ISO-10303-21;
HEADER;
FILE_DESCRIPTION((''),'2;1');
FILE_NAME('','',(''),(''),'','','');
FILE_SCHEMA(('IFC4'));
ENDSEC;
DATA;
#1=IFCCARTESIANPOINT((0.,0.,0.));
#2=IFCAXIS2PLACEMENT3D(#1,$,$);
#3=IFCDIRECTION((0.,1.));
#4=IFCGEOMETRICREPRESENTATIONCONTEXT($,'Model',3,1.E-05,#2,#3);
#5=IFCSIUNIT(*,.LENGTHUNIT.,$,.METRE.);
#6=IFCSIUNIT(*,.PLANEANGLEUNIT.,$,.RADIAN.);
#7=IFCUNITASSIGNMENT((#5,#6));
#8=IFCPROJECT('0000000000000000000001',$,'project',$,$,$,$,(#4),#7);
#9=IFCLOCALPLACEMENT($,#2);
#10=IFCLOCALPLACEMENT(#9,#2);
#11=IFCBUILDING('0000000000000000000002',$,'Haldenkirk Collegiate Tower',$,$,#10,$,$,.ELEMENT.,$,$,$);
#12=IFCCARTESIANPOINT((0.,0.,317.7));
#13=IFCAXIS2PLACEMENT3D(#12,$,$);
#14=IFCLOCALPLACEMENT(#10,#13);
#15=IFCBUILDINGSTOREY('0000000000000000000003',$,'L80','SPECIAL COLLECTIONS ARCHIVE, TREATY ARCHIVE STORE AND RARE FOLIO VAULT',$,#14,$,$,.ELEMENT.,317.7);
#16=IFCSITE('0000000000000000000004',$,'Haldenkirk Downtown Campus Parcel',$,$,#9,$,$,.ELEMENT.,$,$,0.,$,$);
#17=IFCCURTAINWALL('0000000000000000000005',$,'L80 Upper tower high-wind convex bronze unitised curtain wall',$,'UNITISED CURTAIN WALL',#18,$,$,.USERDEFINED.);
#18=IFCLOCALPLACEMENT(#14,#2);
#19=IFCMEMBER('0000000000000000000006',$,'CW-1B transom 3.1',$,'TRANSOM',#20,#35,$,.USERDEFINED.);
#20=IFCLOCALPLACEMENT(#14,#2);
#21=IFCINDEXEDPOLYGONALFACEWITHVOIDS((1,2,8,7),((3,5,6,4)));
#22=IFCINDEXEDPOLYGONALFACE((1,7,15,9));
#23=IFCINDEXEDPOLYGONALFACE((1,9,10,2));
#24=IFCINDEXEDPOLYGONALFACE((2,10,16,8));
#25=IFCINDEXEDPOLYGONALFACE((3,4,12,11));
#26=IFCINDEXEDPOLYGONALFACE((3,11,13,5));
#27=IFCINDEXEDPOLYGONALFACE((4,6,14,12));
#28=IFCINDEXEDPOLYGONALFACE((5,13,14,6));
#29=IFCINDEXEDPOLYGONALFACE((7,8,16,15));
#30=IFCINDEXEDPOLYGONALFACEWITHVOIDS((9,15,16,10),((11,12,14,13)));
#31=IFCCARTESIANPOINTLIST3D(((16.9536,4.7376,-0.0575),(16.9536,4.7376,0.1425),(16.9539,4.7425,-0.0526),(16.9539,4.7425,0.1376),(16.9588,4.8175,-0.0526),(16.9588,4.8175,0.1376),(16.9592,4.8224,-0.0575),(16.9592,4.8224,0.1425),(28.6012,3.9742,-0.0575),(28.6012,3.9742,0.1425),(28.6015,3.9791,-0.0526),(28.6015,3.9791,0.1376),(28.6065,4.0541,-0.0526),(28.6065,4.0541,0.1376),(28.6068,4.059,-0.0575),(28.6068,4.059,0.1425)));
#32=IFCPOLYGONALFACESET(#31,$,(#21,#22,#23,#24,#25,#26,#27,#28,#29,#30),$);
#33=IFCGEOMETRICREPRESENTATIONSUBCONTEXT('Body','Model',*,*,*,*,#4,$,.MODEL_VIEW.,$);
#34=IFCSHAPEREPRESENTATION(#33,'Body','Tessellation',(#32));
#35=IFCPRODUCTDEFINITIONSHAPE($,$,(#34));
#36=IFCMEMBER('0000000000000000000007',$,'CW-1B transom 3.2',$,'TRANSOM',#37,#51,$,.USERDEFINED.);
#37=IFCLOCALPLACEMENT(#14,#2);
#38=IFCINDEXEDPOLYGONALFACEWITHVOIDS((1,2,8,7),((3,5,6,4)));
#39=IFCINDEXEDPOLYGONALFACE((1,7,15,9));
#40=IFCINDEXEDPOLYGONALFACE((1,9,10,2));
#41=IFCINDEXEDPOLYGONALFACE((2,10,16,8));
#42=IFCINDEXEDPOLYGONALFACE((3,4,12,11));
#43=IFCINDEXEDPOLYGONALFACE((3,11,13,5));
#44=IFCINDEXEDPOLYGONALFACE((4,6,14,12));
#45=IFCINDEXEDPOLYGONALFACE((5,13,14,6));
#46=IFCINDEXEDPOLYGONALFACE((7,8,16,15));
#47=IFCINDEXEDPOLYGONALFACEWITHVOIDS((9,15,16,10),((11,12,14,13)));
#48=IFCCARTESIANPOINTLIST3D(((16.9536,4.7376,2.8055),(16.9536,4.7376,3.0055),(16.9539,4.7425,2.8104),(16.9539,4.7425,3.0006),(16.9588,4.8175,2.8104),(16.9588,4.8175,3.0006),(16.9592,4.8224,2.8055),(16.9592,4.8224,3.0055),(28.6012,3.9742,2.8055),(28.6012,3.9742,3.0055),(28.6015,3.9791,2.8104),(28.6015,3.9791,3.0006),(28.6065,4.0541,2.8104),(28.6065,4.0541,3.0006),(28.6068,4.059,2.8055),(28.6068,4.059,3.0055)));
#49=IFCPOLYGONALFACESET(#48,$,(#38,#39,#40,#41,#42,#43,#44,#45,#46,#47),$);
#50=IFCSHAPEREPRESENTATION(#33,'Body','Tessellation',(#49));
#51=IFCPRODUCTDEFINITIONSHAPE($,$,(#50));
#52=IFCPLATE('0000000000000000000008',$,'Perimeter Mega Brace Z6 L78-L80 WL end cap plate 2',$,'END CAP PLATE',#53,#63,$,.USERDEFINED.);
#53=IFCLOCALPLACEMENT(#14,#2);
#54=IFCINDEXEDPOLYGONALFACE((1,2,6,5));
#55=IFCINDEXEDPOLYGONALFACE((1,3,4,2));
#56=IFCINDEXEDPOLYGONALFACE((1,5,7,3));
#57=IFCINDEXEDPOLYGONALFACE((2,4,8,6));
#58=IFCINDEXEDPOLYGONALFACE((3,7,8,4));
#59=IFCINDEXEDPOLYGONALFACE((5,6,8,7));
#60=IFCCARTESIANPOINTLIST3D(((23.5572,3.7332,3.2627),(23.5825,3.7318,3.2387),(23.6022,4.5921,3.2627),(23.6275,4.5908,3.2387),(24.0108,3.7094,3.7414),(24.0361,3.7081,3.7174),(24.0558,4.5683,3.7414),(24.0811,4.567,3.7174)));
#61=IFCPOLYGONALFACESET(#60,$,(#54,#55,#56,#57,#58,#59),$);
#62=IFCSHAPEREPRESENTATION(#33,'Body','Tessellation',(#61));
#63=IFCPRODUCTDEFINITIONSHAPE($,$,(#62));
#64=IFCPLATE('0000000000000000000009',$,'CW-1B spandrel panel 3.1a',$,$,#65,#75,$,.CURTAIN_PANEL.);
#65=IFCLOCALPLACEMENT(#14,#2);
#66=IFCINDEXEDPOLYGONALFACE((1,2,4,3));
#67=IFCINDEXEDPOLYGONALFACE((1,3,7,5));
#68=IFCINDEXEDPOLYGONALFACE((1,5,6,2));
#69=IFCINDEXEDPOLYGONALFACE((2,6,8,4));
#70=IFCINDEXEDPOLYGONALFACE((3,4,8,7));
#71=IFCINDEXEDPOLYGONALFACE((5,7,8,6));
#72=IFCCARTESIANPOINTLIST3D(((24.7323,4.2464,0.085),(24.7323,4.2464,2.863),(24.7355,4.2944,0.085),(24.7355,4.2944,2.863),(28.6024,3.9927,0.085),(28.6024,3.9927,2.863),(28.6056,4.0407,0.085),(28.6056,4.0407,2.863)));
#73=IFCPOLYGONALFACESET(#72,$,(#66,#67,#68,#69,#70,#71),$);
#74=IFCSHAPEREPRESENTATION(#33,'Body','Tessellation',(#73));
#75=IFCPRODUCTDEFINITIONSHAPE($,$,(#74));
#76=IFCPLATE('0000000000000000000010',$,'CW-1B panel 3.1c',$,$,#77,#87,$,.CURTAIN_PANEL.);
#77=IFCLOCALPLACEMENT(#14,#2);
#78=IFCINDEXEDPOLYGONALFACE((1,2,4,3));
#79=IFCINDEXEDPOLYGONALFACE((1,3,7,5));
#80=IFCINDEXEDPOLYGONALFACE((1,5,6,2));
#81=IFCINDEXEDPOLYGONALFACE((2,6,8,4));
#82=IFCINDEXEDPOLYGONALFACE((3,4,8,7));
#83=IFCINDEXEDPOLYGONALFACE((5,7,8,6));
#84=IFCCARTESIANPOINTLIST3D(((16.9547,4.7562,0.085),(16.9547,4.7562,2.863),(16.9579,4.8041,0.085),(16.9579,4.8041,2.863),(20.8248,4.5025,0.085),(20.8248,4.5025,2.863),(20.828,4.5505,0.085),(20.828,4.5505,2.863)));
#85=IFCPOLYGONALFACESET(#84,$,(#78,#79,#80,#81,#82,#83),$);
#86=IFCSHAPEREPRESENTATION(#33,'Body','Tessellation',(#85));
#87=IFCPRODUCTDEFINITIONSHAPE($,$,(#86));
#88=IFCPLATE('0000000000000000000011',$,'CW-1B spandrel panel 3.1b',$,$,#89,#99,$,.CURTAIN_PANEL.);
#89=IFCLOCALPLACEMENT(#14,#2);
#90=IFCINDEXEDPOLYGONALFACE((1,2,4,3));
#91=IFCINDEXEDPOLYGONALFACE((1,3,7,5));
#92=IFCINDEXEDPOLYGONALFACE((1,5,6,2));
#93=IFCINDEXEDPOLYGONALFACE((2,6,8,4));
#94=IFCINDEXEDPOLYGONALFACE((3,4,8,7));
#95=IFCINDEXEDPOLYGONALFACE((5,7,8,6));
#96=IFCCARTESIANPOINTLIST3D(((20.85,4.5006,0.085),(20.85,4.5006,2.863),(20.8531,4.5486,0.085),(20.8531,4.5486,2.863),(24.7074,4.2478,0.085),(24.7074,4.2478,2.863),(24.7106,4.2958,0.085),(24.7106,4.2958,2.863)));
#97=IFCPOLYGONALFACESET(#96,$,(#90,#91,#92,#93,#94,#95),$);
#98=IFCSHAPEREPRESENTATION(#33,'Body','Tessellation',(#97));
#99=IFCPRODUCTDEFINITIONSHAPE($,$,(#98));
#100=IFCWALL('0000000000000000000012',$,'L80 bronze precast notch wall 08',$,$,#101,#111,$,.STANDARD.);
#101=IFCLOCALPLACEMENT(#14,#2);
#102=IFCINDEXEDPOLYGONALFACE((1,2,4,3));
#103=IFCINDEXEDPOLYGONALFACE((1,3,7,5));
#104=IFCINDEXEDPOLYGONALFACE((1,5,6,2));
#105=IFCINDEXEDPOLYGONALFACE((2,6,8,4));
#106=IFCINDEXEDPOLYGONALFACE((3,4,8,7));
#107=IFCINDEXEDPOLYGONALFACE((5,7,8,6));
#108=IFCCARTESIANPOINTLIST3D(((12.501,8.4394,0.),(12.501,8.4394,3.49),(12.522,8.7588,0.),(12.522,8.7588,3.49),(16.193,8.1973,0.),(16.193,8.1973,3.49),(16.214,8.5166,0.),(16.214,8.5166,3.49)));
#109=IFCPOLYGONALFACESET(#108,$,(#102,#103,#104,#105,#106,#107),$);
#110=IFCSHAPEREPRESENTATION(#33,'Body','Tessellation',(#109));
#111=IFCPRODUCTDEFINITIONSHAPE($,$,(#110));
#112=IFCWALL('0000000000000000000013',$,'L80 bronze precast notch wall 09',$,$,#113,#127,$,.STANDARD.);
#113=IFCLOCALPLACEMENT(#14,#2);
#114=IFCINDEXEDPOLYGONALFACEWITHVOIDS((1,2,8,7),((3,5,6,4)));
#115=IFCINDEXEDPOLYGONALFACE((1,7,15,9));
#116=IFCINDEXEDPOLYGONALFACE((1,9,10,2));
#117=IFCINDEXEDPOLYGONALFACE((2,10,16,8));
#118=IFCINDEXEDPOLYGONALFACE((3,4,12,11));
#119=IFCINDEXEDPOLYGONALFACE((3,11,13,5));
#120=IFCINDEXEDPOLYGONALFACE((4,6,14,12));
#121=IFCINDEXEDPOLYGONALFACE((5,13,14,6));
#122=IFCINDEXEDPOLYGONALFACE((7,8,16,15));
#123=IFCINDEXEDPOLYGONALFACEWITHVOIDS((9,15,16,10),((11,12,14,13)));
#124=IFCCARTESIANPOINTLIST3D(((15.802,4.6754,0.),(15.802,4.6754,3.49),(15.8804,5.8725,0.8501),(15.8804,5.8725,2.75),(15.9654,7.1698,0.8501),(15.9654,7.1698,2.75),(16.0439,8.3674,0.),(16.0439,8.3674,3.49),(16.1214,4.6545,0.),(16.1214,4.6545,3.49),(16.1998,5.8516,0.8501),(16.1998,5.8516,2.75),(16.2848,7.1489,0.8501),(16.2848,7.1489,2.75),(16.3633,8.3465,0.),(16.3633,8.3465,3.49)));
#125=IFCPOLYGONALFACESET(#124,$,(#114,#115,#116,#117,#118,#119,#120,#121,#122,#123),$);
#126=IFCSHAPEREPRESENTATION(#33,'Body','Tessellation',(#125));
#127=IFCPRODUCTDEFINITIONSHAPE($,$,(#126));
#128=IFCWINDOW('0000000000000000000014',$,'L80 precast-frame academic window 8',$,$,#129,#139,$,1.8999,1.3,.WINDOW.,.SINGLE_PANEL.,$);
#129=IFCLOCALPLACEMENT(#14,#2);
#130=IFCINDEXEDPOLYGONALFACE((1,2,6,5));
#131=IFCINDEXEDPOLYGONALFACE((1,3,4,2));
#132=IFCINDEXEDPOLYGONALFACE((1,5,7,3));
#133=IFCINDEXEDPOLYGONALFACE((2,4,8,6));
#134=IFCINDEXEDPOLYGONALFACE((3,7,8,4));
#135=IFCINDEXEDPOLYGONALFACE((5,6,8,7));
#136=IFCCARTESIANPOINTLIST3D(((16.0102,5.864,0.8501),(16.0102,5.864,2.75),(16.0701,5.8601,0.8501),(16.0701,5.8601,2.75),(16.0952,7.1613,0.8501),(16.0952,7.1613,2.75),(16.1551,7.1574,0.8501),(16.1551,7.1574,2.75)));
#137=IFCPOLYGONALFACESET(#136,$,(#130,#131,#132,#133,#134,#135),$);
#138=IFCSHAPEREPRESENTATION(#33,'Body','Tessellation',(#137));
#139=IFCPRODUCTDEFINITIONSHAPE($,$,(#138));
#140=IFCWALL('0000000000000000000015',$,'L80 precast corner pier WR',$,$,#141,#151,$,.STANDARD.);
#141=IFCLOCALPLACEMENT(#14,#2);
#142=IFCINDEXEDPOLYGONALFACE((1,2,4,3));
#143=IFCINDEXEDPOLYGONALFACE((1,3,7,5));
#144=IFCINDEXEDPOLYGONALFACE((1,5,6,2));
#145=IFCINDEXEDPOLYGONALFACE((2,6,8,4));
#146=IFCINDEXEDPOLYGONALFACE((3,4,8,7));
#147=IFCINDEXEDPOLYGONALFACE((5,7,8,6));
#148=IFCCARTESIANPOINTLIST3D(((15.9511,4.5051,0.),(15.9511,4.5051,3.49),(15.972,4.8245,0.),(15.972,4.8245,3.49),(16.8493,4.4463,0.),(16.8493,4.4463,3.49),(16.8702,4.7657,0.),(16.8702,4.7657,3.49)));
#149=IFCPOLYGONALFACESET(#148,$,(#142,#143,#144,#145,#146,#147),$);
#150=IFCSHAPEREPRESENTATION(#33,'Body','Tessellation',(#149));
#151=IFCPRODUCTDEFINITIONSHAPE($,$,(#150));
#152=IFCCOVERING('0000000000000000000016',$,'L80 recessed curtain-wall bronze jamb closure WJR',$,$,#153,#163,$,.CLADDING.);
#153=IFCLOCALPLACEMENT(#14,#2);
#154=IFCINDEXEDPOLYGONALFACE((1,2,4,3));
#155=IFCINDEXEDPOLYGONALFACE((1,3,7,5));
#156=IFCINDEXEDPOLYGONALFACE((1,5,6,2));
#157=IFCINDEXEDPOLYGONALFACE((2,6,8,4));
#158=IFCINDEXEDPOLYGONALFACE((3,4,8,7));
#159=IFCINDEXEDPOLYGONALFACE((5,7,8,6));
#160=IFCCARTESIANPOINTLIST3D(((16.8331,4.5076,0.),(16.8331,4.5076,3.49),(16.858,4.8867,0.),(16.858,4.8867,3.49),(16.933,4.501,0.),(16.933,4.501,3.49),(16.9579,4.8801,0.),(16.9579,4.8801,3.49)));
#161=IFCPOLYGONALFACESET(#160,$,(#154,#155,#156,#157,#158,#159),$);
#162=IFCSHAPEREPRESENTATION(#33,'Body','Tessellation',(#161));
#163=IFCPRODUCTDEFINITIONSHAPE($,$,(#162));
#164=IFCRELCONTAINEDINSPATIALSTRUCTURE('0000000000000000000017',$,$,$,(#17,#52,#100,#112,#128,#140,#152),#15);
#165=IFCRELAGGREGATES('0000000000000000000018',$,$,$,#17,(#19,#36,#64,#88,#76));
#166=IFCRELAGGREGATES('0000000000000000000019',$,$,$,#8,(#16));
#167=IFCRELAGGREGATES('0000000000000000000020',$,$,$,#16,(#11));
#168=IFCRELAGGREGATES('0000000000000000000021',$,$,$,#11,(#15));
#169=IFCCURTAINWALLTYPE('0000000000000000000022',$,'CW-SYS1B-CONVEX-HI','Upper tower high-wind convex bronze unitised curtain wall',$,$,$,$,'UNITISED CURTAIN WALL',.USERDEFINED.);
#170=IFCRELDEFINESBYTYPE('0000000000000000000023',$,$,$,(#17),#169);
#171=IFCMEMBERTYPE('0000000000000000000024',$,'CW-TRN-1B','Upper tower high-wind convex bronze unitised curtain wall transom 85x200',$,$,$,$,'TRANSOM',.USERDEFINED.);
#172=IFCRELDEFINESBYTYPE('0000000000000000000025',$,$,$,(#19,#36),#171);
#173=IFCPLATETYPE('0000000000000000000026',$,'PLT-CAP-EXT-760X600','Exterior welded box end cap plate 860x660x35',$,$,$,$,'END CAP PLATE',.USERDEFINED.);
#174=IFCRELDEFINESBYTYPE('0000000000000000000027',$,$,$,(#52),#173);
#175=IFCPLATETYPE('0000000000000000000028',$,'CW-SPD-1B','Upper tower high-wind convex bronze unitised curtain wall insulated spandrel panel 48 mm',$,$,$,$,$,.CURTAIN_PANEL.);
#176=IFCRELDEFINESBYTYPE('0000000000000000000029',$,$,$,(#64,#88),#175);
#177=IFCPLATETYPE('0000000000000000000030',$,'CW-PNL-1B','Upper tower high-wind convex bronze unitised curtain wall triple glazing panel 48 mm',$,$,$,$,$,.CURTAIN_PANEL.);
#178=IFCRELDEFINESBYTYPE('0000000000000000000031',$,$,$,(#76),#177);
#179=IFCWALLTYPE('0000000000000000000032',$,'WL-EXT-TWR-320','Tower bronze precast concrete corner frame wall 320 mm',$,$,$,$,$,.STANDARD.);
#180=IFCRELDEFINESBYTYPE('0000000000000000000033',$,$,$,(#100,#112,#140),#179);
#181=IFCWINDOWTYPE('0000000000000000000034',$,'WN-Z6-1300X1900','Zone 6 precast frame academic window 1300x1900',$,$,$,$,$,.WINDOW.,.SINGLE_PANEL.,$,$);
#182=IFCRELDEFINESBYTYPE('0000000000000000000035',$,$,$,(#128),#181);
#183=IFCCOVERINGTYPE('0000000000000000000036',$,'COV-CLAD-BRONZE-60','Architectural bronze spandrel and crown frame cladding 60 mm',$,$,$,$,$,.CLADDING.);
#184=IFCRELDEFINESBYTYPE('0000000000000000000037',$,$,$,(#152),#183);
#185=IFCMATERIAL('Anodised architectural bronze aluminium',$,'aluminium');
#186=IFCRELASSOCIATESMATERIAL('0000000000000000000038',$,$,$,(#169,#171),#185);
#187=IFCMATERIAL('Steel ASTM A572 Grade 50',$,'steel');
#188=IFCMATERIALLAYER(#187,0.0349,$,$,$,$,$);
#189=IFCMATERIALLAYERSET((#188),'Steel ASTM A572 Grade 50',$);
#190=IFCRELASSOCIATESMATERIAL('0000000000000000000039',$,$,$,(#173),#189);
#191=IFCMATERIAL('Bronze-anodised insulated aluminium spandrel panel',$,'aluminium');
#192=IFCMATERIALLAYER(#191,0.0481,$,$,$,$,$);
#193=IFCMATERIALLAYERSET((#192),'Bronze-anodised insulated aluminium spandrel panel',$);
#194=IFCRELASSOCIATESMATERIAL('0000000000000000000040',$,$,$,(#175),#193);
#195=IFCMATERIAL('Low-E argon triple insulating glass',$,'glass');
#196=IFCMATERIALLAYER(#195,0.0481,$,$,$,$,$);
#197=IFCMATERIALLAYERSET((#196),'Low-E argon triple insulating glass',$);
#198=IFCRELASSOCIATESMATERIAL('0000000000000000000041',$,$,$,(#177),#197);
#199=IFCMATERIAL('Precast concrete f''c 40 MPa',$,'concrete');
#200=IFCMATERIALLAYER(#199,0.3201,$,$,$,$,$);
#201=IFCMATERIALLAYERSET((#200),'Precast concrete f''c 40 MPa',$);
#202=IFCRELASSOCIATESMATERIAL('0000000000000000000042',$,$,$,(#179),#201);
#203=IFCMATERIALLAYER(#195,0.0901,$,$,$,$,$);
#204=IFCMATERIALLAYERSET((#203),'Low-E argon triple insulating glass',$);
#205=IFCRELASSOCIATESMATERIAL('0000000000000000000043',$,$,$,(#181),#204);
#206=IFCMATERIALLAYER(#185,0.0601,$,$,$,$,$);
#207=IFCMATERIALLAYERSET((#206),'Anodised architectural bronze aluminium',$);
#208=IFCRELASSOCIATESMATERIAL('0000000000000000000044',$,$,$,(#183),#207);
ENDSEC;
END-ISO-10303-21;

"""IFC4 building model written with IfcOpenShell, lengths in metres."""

from ifc_helpers import new_model, si_unit, direction, frame, frame_2d, origin, origin_2d, place, context, subcontext, project, spatial, rectangle, hollow_rectangle, extrude, source, transform, mapped, material, layer, layer_set, material_profile, profile_set, type_object, element, fill, aggregate, save


model = new_model("IFC4")

# Units and contexts
model_context = context("Model", 3, precision=1e-05, world=origin(), true_north=direction((0.0, 1.0)))
body_context = subcontext(model_context, "Body", "Model", "MODEL_VIEW")
ifc_project = project(units=[si_unit("LENGTHUNIT", "METRE"), si_unit("PLANEANGLEUNIT", "RADIAN")], contexts=[model_context])

# Site, building, storey
site_placement = place(None, origin())
site = spatial("IfcSite", under=ifc_project, at=site_placement, Name="Haldenkirk Downtown Campus Parcel", CompositionType="ELEMENT", RefElevation=0.0)
building_placement = place(site_placement, origin())
building = spatial("IfcBuilding", under=site, at=building_placement, Name="Haldenkirk Collegiate Tower", CompositionType="ELEMENT")
storey_placement = place(building_placement, frame((0.0, 0.0, 317.7)))
storey = spatial("IfcBuildingStorey", under=building, at=storey_placement, Name="L80", Description="SPECIAL COLLECTIONS ARCHIVE, TREATY ARCHIVE STORE AND RARE FOLIO VAULT", CompositionType="ELEMENT", Elevation=317.7)

# Shared definitions
ifc_material_1 = material(Name="Steel ASTM A572 Grade 50", Category="steel")

# Curtain wall, members
ifc_material_2 = material(Name="Anodised architectural bronze aluminium", Category="aluminium")
curtain_wall_type = type_object("IfcCurtainWallType", Name="CW-SYS1B-CONVEX-HI", Description="Upper tower high-wind convex bronze unitised curtain wall", ElementType="UNITISED CURTAIN WALL", PredefinedType="USERDEFINED", material=ifc_material_2)
curtain_wall_placement = place(storey_placement, origin())
curtain_wall = element("IfcCurtainWall", 1, at=curtain_wall_placement, inside=storey, type_object=curtain_wall_type, Name="L80 Upper tower high-wind convex bronze unitised curtain wall", ObjectType="UNITISED CURTAIN WALL", PredefinedType="USERDEFINED")
ifc_material_profile_1 = material_profile(ifc_material_2, hollow_rectangle(XDim=0.085, YDim=0.2, WallThickness=0.0049, at=origin_2d()), Name="CW-TRN-1B")
ifc_profile_set_1 = profile_set([ifc_material_profile_1], Name="Anodised architectural bronze aluminium")
member_type_1 = type_object("IfcMemberType", Name="CW-TRN-1B", Description="Upper tower high-wind convex bronze unitised curtain wall transom 85x200", ElementType="TRANSOM", PredefinedType="USERDEFINED", material=ifc_profile_set_1)
member_1_placement = place(storey_placement, frame((28.604, 4.0166, 0.0425), z_axis=(-0.997859, 0.065403, 0.0), x_axis=(-0.065403, -0.997859, 0.0)))
member_1 = element("IfcMember", 2, at=member_1_placement, type_object=member_type_1, Name="CW-1B transom 3.1", ObjectType="TRANSOM", PredefinedType="USERDEFINED", context=body_context, shape_type="SweptSolid", body=[
    extrude(hollow_rectangle(XDim=0.085, YDim=0.2, WallThickness=0.0049, at=origin_2d()), origin(), (0.0, 0.0, 1.0), 11.6726),
])
member_2_placement = place(storey_placement, frame((28.604, 4.0166, 2.9055), z_axis=(-0.997859, 0.065403, 0.0), x_axis=(-0.065403, -0.997859, 0.0)))
member_2 = element("IfcMember", 3, at=member_2_placement, type_object=member_type_1, Name="CW-1B transom 3.2", ObjectType="TRANSOM", PredefinedType="USERDEFINED", context=body_context, shape_type="SweptSolid", body=[
    extrude(hollow_rectangle(XDim=0.085, YDim=0.2, WallThickness=0.0049, at=origin_2d()), origin(), (0.0, 0.0, 1.0), 11.6726),
])

# Plates
ifc_layer_1 = layer(ifc_material_1, 0.0349)
ifc_layer_set_1 = layer_set([ifc_layer_1], Name="Steel ASTM A572 Grade 50")
plate_type_1 = type_object("IfcPlateType", Name="PLT-CAP-EXT-760X600", Description="Exterior welded box end cap plate 860x660x35", ElementType="END CAP PLATE", PredefinedType="USERDEFINED", material=ifc_layer_set_1)
shared_shape_1 = source(origin(), body_context, "Body", "SweptSolid", [
    extrude(rectangle(XDim=0.8601, YDim=0.6599, at=origin_2d()), origin(), (0.0, 0.0, 1.0), 0.0349),
])
plate_1_placement = place(storey_placement, frame((23.8318, 4.1494, 3.478), z_axis=(-0.724471, 0.037943, 0.68826), x_axis=(-0.052302, -0.998631, 0.0)))
element("IfcPlate", 4, at=plate_1_placement, inside=storey, type_object=plate_type_1, Name="Perimeter Mega Brace Z6 L78-L80 WL end cap plate 2", ObjectType="END CAP PLATE", PredefinedType="USERDEFINED", context=body_context, shape_type="MappedRepresentation", body=[
    mapped(shared_shape_1, transform((0.0, 0.0, 0.0), x_axis=(1.0, 0.0, 0.0), y_axis=(0.0, 1.0, 0.0), z_axis=(0.0, 0.0, 1.0), scale=1.0)),
])
ifc_material_3 = material(Name="Bronze-anodised insulated aluminium spandrel panel", Category="aluminium")
ifc_layer_2 = layer(ifc_material_3, 0.0481)
ifc_layer_set_2 = layer_set([ifc_layer_2], Name="Bronze-anodised insulated aluminium spandrel panel")
plate_type_2 = type_object("IfcPlateType", Name="CW-SPD-1B", Description="Upper tower high-wind convex bronze unitised curtain wall insulated spandrel panel 48 mm", PredefinedType="CURTAIN_PANEL", material=ifc_layer_set_2)
shared_shape_2 = source(origin(), body_context, "Body", "SweptSolid", [
    extrude(rectangle(XDim=3.8784, YDim=0.0481, at=origin_2d()), origin(), (0.0, 0.0, 1.0), 2.7781),
])
plate_2_placement = place(storey_placement, frame((26.6689, 4.1436, 0.085), z_axis=(0.0, 0.0, 1.0), x_axis=(-0.997859, 0.065401, 0.0)))
plate_2 = element("IfcPlate", 5, at=plate_2_placement, type_object=plate_type_2, Name="CW-1B spandrel panel 3.1a", PredefinedType="CURTAIN_PANEL", context=body_context, shape_type="MappedRepresentation", body=[
    mapped(shared_shape_2, transform((0.0, 0.0, 0.0), x_axis=(1.0, 0.0, 0.0), y_axis=(0.0, 1.0, 0.0), z_axis=(0.0, 0.0, 1.0), scale=1.0)),
])
ifc_material_4 = material(Name="Low-E argon triple insulating glass", Category="glass")
ifc_layer_3 = layer(ifc_material_4, 0.0481)
ifc_layer_set_3 = layer_set([ifc_layer_3], Name="Low-E argon triple insulating glass")
plate_type_3 = type_object("IfcPlateType", Name="CW-PNL-1B", Description="Upper tower high-wind convex bronze unitised curtain wall triple glazing panel 48 mm", PredefinedType="CURTAIN_PANEL", material=ifc_layer_set_3)
plate_3_placement = place(storey_placement, frame((18.8914, 4.6533, 0.085), z_axis=(0.0, 0.0, 1.0), x_axis=(-0.997859, 0.065401, 0.0)))
plate_3 = element("IfcPlate", 6, at=plate_3_placement, type_object=plate_type_3, Name="CW-1B panel 3.1c", PredefinedType="CURTAIN_PANEL", context=body_context, shape_type="MappedRepresentation", body=[
    mapped(shared_shape_2, transform((0.0, 0.0, 0.0), x_axis=(1.0, 0.0, 0.0), y_axis=(0.0, 1.0, 0.0), z_axis=(0.0, 0.0, 1.0), scale=1.0)),
])
shared_shape_3 = source(origin(), body_context, "Body", "SweptSolid", [
    extrude(rectangle(XDim=3.8657, YDim=0.0481, at=origin_2d()), origin(), (0.0, 0.0, 1.0), 2.7781),
])
plate_4_placement = place(storey_placement, frame((22.7803, 4.3982, 0.085), z_axis=(0.0, 0.0, 1.0), x_axis=(-0.997859, 0.065401, 0.0)))
plate_4 = element("IfcPlate", 7, at=plate_4_placement, type_object=plate_type_2, Name="CW-1B spandrel panel 3.1b", PredefinedType="CURTAIN_PANEL", context=body_context, shape_type="MappedRepresentation", body=[
    mapped(shared_shape_3, transform((0.0, 0.0, 0.0), x_axis=(1.0, 0.0, 0.0), y_axis=(0.0, 1.0, 0.0), z_axis=(0.0, 0.0, 1.0), scale=1.0)),
])
aggregate(curtain_wall, [member_1, member_2, plate_2, plate_4, plate_3])

# Wall
ifc_material_5 = material(Name="Precast concrete f'c 40 MPa", Category="concrete")
ifc_layer_4 = layer(ifc_material_5, 0.3201)
ifc_layer_set_4 = layer_set([ifc_layer_4], Name="Precast concrete f'c 40 MPa")
wall_type = type_object("IfcWallType", Name="WL-EXT-TWR-320", Description="Tower bronze precast concrete corner frame wall 320 mm", PredefinedType="STANDARD", material=ifc_layer_set_4)
wall_1_placement = place(storey_placement, frame((16.2036, 8.3569, 0.0), z_axis=(0.0, 0.0, 1.0), x_axis=(-0.997855, 0.065459, 0.0)))
element("IfcWall", 8, at=wall_1_placement, inside=storey, type_object=wall_type, Name="L80 bronze precast notch wall 08", PredefinedType="STANDARD", context=body_context, shape_type="SweptSolid", body=[
    extrude(rectangle(XDim=3.7, YDim=0.3201, at=frame_2d((1.8501, 0.0))), origin(), (0.0, 0.0, 1.0), 3.49),
])

# Wall, opening, window
wall_2_placement = place(storey_placement, frame((15.9617, 4.6648, 0.0), z_axis=(0.0, 0.0, 1.0), x_axis=(0.065389, 0.99786, 0.0)))
wall_2 = element("IfcWall", 9, at=wall_2_placement, inside=storey, type_object=wall_type, Name="L80 bronze precast notch wall 09", PredefinedType="STANDARD", context=body_context, shape_type="SweptSolid", body=[
    extrude(rectangle(XDim=3.7, YDim=0.3201, at=frame_2d((1.8501, 0.0))), origin(), (0.0, 0.0, 1.0), 3.49),
])
opening_placement = place(wall_2_placement, frame((1.2, 0.0, 0.8501)))
opening = element("IfcOpeningElement", 10, at=opening_placement, cuts=wall_2, PredefinedType="OPENING", context=body_context, shape_type="SweptSolid", body=[
    extrude(rectangle(XDim=1.3, YDim=1.8999, at=frame_2d((0.6499, 0.95))), frame((0.0, 0.1699, 0.0), z_axis=(0.0, -1.0, 0.0), x_axis=(1.0, 0.0, 0.0)), (0.0, 0.0, 1.0), 0.3401),
])
ifc_layer_5 = layer(ifc_material_4, 0.0901)
ifc_layer_set_5 = layer_set([ifc_layer_5], Name="Low-E argon triple insulating glass")
window_type = type_object("IfcWindowType", Name="WN-Z6-1300X1900", Description="Zone 6 precast frame academic window 1300x1900", PartitioningType="SINGLE_PANEL", PredefinedType="WINDOW", material=ifc_layer_set_5)
window_placement = place(opening_placement, origin())
window = element("IfcWindow", 11, at=window_placement, inside=storey, type_object=window_type, Name="L80 precast-frame academic window 8", OverallHeight=1.8999, OverallWidth=1.3, PartitioningType="SINGLE_PANEL", PredefinedType="WINDOW", context=body_context, shape_type="SweptSolid", body=[
    extrude(rectangle(XDim=1.3, YDim=1.8999, at=frame_2d((0.6499, 0.95))), frame((0.0, 0.03, 0.0), z_axis=(0.0, -1.0, 0.0), x_axis=(1.0, 0.0, 0.0)), (0.0, 0.0, 1.0), 0.0601),
])
fill(opening, window)

# Wall
wall_3_placement = place(storey_placement, frame((16.8599, 4.606, 0.0), z_axis=(0.0, 0.0, 1.0), x_axis=(-0.997861, 0.065367, 0.0)))
element("IfcWall", 12, at=wall_3_placement, inside=storey, type_object=wall_type, Name="L80 precast corner pier WR", PredefinedType="STANDARD", context=body_context, shape_type="SweptSolid", body=[
    extrude(rectangle(XDim=0.9001, YDim=0.3201, at=frame_2d((0.4502, 0.0))), origin(), (0.0, 0.0, 1.0), 3.49),
])

# Covering
ifc_layer_6 = layer(ifc_material_2, 0.0601)
ifc_layer_set_6 = layer_set([ifc_layer_6], Name="Anodised architectural bronze aluminium")
covering_type = type_object("IfcCoveringType", Name="COV-CLAD-BRONZE-60", Description="Architectural bronze spandrel and crown frame cladding 60 mm", PredefinedType="CLADDING", material=ifc_layer_set_6)
shared_shape_4 = source(origin(), body_context, "Body", "SweptSolid", [
    extrude(rectangle(XDim=0.1001, YDim=0.3799, at=origin_2d()), origin(), (0.0, 0.0, 1.0), 3.49),
])
covering_placement = place(storey_placement, frame((16.8955, 4.6938, 0.0), z_axis=(0.0, 0.0, 1.0), x_axis=(-0.997859, 0.065403, 0.0)))
element("IfcCovering", 13, at=covering_placement, inside=storey, type_object=covering_type, Name="L80 recessed curtain-wall bronze jamb closure WJR", PredefinedType="CLADDING", context=body_context, shape_type="MappedRepresentation", body=[
    mapped(shared_shape_4, transform((0.0, 0.0, 0.0), x_axis=(1.0, 0.0, 0.0), y_axis=(0.0, 1.0, 0.0), z_axis=(0.0, 0.0, 1.0), scale=1.0)),
])

save(model, "model.ifc")
